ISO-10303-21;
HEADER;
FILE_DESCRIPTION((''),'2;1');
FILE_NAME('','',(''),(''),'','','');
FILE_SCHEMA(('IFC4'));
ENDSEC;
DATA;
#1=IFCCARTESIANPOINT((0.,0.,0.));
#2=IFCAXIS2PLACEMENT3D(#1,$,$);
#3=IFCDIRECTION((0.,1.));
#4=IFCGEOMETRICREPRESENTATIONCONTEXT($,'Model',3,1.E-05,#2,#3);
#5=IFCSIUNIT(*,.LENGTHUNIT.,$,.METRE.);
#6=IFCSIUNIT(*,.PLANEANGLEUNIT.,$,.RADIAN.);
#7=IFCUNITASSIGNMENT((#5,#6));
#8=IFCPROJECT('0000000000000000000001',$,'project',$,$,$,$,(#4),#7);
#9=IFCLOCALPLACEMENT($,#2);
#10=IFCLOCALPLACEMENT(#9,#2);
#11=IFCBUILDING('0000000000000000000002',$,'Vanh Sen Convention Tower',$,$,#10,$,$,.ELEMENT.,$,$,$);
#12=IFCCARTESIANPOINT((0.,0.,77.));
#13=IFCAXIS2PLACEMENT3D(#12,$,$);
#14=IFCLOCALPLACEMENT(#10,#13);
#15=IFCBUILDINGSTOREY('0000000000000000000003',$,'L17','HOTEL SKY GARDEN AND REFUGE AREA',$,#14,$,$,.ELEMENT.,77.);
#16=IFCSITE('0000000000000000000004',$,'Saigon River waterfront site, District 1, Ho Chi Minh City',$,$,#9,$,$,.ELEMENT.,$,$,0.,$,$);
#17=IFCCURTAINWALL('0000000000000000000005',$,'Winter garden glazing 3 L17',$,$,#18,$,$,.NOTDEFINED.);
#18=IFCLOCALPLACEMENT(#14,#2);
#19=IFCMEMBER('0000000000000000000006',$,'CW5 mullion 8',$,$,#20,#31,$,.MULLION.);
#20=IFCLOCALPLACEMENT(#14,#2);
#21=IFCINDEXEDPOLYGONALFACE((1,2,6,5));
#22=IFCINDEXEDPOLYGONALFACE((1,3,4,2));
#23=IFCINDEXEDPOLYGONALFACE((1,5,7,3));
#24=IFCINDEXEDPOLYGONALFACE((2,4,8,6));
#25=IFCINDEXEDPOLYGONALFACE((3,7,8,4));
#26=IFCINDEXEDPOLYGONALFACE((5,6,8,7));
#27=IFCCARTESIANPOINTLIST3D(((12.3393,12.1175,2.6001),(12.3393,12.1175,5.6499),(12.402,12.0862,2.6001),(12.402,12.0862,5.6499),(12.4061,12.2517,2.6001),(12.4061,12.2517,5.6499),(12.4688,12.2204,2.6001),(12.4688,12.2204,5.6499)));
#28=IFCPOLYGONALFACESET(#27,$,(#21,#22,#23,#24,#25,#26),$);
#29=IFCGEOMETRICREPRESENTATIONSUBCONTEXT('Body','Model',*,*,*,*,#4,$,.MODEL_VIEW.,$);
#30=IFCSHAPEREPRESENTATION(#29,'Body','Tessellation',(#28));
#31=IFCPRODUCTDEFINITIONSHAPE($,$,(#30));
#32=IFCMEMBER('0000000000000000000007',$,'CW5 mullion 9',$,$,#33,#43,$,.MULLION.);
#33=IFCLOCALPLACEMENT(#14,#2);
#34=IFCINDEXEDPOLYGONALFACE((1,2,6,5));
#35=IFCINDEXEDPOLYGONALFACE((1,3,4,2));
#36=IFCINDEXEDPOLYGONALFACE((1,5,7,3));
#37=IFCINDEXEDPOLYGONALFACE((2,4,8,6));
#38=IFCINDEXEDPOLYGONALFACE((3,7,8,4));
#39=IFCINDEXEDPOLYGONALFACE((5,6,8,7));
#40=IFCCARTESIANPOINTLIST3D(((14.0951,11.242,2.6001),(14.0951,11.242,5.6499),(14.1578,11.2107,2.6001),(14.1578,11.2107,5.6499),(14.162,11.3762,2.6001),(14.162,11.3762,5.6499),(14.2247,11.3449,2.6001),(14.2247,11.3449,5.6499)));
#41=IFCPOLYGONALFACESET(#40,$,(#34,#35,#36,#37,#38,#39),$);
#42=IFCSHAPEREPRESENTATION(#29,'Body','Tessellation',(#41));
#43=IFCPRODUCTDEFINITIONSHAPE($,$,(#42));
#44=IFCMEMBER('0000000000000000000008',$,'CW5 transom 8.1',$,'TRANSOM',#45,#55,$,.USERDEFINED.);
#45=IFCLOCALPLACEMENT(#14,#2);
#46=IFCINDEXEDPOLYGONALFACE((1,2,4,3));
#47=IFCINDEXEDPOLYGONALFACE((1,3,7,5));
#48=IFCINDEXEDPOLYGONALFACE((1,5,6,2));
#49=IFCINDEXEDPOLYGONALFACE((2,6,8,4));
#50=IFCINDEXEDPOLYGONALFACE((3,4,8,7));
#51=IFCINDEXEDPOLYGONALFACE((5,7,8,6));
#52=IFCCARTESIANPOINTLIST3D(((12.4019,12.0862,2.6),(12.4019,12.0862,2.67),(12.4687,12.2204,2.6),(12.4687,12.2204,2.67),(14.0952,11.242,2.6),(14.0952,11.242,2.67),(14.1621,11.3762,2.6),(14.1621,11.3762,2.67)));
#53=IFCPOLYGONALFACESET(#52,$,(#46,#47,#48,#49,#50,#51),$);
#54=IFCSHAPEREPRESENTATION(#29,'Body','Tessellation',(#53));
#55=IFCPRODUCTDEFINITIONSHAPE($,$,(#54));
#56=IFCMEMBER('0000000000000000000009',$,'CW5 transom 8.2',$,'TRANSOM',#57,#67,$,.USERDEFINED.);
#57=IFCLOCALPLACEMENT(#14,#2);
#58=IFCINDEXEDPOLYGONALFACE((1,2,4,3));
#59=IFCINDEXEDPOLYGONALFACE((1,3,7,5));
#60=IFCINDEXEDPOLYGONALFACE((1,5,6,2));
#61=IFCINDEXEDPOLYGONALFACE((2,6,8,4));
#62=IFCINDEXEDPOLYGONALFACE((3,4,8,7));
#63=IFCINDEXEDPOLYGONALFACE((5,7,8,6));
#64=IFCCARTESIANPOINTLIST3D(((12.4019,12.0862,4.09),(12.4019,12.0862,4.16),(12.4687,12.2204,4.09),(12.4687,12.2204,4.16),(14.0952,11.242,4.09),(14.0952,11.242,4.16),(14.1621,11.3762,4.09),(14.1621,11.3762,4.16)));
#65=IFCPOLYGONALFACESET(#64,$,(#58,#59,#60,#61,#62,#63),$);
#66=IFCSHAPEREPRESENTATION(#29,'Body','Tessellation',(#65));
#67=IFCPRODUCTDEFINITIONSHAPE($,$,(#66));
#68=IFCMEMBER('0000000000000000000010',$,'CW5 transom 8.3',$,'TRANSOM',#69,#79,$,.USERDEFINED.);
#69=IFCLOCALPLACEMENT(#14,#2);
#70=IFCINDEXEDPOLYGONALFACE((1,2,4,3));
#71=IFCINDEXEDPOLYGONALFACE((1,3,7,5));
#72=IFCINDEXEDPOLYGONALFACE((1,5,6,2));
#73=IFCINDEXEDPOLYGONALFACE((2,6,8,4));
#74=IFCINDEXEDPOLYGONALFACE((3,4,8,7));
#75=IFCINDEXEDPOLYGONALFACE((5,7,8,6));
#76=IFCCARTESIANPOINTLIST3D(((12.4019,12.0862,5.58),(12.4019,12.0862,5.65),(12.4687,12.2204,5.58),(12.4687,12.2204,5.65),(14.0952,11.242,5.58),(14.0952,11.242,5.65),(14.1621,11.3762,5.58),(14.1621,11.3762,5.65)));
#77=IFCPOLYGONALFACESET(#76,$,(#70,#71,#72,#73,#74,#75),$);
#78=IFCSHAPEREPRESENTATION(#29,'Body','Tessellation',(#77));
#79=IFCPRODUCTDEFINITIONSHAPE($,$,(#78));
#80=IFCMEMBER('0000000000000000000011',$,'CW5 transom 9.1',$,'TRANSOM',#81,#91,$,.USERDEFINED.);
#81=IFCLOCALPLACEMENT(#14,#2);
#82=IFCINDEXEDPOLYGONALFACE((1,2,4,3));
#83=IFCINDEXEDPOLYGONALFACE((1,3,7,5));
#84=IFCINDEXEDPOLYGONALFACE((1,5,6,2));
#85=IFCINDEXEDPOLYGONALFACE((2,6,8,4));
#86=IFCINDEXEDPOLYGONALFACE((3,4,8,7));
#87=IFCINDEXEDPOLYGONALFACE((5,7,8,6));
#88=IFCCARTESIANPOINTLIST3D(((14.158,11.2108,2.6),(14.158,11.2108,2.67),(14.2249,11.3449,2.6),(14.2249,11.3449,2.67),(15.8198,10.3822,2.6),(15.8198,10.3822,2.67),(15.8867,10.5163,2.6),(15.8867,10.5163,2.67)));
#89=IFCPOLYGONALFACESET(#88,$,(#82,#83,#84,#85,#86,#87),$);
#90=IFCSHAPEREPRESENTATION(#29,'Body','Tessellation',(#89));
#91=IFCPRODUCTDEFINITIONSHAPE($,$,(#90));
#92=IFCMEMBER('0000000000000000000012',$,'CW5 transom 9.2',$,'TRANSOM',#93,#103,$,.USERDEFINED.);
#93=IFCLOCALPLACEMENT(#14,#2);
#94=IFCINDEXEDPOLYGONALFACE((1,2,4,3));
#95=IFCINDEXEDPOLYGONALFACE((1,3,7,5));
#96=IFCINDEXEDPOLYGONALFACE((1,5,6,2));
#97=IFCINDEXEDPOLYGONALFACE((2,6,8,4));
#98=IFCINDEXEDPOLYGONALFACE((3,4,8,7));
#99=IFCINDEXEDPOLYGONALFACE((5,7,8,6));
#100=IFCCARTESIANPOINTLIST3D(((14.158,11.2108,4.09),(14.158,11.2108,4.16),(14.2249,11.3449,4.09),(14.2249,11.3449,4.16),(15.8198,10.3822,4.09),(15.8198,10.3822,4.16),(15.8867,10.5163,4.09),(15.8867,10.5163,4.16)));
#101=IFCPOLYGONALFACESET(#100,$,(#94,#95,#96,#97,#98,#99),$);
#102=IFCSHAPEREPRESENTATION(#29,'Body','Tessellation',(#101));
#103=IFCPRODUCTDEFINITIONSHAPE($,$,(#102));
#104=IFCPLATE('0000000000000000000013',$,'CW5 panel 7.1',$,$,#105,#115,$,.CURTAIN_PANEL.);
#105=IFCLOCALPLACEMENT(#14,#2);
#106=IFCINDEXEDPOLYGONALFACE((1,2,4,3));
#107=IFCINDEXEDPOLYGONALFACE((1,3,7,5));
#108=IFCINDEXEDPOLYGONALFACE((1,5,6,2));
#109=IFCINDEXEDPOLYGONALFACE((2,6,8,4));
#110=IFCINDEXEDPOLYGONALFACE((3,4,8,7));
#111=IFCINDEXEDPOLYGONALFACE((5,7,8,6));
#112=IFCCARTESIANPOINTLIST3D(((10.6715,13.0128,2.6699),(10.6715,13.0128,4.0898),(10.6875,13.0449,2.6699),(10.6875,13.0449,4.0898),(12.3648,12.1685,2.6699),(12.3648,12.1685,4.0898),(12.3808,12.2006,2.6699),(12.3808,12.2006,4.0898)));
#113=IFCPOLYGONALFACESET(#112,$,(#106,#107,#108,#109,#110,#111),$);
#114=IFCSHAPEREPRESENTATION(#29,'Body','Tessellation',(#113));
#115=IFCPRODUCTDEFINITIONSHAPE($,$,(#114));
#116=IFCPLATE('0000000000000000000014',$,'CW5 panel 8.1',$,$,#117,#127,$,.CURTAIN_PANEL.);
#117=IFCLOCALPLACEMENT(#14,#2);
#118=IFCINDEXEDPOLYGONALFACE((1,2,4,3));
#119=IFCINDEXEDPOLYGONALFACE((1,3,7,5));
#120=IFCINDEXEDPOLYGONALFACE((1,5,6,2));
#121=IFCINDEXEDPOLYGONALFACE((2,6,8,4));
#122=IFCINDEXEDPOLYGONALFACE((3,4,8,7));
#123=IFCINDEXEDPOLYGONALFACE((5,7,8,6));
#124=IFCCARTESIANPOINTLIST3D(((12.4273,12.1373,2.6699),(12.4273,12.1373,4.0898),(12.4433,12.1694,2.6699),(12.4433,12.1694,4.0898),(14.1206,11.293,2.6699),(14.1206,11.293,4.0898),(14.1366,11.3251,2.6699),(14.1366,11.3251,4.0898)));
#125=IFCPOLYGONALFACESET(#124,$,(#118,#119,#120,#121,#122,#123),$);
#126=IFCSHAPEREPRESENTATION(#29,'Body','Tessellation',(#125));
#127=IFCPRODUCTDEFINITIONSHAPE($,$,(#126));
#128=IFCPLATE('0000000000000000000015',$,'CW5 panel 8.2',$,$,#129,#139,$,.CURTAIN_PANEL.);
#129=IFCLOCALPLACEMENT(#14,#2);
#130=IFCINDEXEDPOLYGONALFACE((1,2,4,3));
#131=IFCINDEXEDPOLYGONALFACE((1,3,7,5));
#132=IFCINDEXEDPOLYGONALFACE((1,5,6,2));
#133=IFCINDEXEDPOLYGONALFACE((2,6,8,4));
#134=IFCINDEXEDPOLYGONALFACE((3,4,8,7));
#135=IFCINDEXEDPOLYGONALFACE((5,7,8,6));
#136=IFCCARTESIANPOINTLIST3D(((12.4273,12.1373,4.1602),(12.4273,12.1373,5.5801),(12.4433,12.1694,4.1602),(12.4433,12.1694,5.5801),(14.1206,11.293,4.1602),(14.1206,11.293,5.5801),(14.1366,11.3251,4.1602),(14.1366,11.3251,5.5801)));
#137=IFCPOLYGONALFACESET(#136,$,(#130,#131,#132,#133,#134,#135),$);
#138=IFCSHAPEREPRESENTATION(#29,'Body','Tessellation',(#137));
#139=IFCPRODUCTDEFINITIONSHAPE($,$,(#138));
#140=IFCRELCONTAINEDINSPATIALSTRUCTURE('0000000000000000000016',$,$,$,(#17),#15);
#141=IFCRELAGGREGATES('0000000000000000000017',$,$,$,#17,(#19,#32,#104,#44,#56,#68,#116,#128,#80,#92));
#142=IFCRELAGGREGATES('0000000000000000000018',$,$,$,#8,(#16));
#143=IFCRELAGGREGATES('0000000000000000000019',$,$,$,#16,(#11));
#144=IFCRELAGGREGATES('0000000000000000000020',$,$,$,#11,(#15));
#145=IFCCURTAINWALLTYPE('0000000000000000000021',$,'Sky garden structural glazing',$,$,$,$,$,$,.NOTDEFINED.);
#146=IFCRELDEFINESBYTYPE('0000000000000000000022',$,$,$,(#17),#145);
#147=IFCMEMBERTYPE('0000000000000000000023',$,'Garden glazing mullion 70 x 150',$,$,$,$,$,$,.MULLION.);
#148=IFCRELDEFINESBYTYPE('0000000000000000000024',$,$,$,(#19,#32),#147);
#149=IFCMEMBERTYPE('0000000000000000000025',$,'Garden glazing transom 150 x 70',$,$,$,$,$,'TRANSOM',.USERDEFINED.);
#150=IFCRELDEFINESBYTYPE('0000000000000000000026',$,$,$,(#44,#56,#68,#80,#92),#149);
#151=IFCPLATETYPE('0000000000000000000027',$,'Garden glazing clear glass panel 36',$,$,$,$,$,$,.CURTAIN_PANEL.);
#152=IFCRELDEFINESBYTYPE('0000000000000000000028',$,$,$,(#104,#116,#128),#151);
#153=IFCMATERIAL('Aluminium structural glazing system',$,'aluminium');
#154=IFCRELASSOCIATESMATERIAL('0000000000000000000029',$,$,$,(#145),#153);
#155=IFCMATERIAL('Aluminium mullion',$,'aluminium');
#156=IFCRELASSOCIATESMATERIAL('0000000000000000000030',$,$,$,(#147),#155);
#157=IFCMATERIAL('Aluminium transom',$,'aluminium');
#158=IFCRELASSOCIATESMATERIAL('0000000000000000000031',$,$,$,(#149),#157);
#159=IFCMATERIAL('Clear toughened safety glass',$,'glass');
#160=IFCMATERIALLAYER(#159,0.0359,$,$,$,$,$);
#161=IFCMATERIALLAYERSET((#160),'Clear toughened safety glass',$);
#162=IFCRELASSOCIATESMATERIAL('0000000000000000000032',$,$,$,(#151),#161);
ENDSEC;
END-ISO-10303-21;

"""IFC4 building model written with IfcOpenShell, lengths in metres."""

from ifc_helpers import new_model, si_unit, direction, frame, origin, origin_2d, place, context, subcontext, project, spatial, rectangle, extrude, material, layer, layer_set, material_profile, profile_set, type_object, element, aggregate, save


model = new_model("IFC4")

# Units and contexts
model_context = context("Model", 3, precision=1e-05, world=origin(), true_north=direction((0.0, 1.0)))
body_context = subcontext(model_context, "Body", "Model", "MODEL_VIEW")
ifc_project = project(units=[si_unit("LENGTHUNIT", "METRE"), si_unit("PLANEANGLEUNIT", "RADIAN")], contexts=[model_context])

# Site, building, storey
site_placement = place(None, origin())
site = spatial("IfcSite", under=ifc_project, at=site_placement, Name="Saigon River waterfront site, District 1, Ho Chi Minh City", CompositionType="ELEMENT", RefElevation=0.0)
building_placement = place(site_placement, origin())
building = spatial("IfcBuilding", under=site, at=building_placement, Name="Vanh Sen Convention Tower", CompositionType="ELEMENT")
storey_placement = place(building_placement, frame((0.0, 0.0, 77.0)))
storey = spatial("IfcBuildingStorey", under=building, at=storey_placement, Name="L17", Description="HOTEL SKY GARDEN AND REFUGE AREA", CompositionType="ELEMENT", Elevation=77.0)

# Curtain wall, members, plates
ifc_material_1 = material(Name="Aluminium structural glazing system", Category="aluminium")
curtain_wall_type = type_object("IfcCurtainWallType", Name="Sky garden structural glazing", PredefinedType="NOTDEFINED", material=ifc_material_1)
curtain_wall_placement = place(storey_placement, origin())
curtain_wall = element("IfcCurtainWall", 1, at=curtain_wall_placement, inside=storey, type_object=curtain_wall_type, Name="Winter garden glazing 3 L17", PredefinedType="NOTDEFINED")
ifc_material_2 = material(Name="Aluminium mullion", Category="aluminium")
ifc_material_profile_1 = material_profile(ifc_material_2, rectangle(XDim=0.1499, YDim=0.0701, at=origin_2d()), Name="Garden glazing mullion 70 x 150")
ifc_profile_set_1 = profile_set([ifc_material_profile_1], Name="Aluminium mullion")
member_type_1 = type_object("IfcMemberType", Name="Garden glazing mullion 70 x 150", PredefinedType="MULLION", material=ifc_profile_set_1)
member_1_placement = place(storey_placement, frame((12.4041, 12.1689, 2.6001), z_axis=(0.0, 0.0, 1.0), x_axis=(0.446203, 0.894932, 0.0)))
member_1 = element("IfcMember", 2, at=member_1_placement, type_object=member_type_1, Name="CW5 mullion 8", PredefinedType="MULLION", context=body_context, shape_type="SweptSolid", body=[
    extrude(rectangle(XDim=0.1499, YDim=0.0701, at=origin_2d()), origin(), (0.0, 0.0, 1.0), 3.0498),
])
member_2_placement = place(storey_placement, frame((14.1599, 11.2935, 2.6001), z_axis=(0.0, 0.0, 1.0), x_axis=(0.446203, 0.894932, 0.0)))
member_2 = element("IfcMember", 3, at=member_2_placement, type_object=member_type_1, Name="CW5 mullion 9", PredefinedType="MULLION", context=body_context, shape_type="SweptSolid", body=[
    extrude(rectangle(XDim=0.1499, YDim=0.0701, at=origin_2d()), origin(), (0.0, 0.0, 1.0), 3.0498),
])
ifc_material_3 = material(Name="Aluminium transom", Category="aluminium")
ifc_material_profile_2 = material_profile(ifc_material_3, rectangle(XDim=0.1499, YDim=0.0701, at=origin_2d()), Name="Garden glazing transom 150 x 70")
ifc_profile_set_2 = profile_set([ifc_material_profile_2], Name="Aluminium transom")
member_type_2 = type_object("IfcMemberType", Name="Garden glazing transom 150 x 70", ElementType="TRANSOM", PredefinedType="USERDEFINED", material=ifc_profile_set_2)
member_3_placement = place(storey_placement, frame((12.4353, 12.1533, 2.635), z_axis=(0.894943, -0.446181, 0.0), x_axis=(0.446181, 0.894943, 0.0)))
member_3 = element("IfcMember", 4, at=member_3_placement, type_object=member_type_2, Name="CW5 transom 8.1", ObjectType="TRANSOM", PredefinedType="USERDEFINED", context=body_context, shape_type="SweptSolid", body=[
    extrude(rectangle(XDim=0.1499, YDim=0.0701, at=origin_2d()), origin(), (0.0, 0.0, 1.0), 1.8921),
])
member_4_placement = place(storey_placement, frame((12.4353, 12.1533, 4.125), z_axis=(0.894943, -0.446181, 0.0), x_axis=(0.446181, 0.894943, 0.0)))
member_4 = element("IfcMember", 5, at=member_4_placement, type_object=member_type_2, Name="CW5 transom 8.2", ObjectType="TRANSOM", PredefinedType="USERDEFINED", context=body_context, shape_type="SweptSolid", body=[
    extrude(rectangle(XDim=0.1499, YDim=0.0701, at=origin_2d()), origin(), (0.0, 0.0, 1.0), 1.8921),
])
member_5_placement = place(storey_placement, frame((12.4353, 12.1533, 5.615), z_axis=(0.894943, -0.446181, 0.0), x_axis=(0.446181, 0.894943, 0.0)))
member_5 = element("IfcMember", 6, at=member_5_placement, type_object=member_type_2, Name="CW5 transom 8.3", ObjectType="TRANSOM", PredefinedType="USERDEFINED", context=body_context, shape_type="SweptSolid", body=[
    extrude(rectangle(XDim=0.1499, YDim=0.0701, at=origin_2d()), origin(), (0.0, 0.0, 1.0), 1.8921),
])
member_6_placement = place(storey_placement, frame((14.1914, 11.2778, 2.635), z_axis=(0.894926, -0.446214, 0.0), x_axis=(0.446214, 0.894926, 0.0)))
member_6 = element("IfcMember", 7, at=member_6_placement, type_object=member_type_2, Name="CW5 transom 9.1", ObjectType="TRANSOM", PredefinedType="USERDEFINED", context=body_context, shape_type="SweptSolid", body=[
    extrude(rectangle(XDim=0.1499, YDim=0.0701, at=origin_2d()), origin(), (0.0, 0.0, 1.0), 1.8569),
])
member_7_placement = place(storey_placement, frame((14.1914, 11.2778, 4.125), z_axis=(0.894926, -0.446214, 0.0), x_axis=(0.446214, 0.894926, 0.0)))
member_7 = element("IfcMember", 8, at=member_7_placement, type_object=member_type_2, Name="CW5 transom 9.2", ObjectType="TRANSOM", PredefinedType="USERDEFINED", context=body_context, shape_type="SweptSolid", body=[
    extrude(rectangle(XDim=0.1499, YDim=0.0701, at=origin_2d()), origin(), (0.0, 0.0, 1.0), 1.8569),
])
ifc_material_4 = material(Name="Clear toughened safety glass", Category="glass")
ifc_layer_1 = layer(ifc_material_4, 0.0359)
ifc_layer_set_1 = layer_set([ifc_layer_1], Name="Clear toughened safety glass")
plate_type = type_object("IfcPlateType", Name="Garden glazing clear glass panel 36", PredefinedType="CURTAIN_PANEL", material=ifc_layer_set_1)
plate_1_placement = place(storey_placement, frame((11.5261, 12.6067, 2.6699), z_axis=(0.0, 0.0, 1.0), x_axis=(0.894932, -0.446203, 0.0)))
plate_1 = element("IfcPlate", 9, at=plate_1_placement, type_object=plate_type, Name="CW5 panel 7.1", PredefinedType="CURTAIN_PANEL", context=body_context, shape_type="SweptSolid", body=[
    extrude(rectangle(XDim=1.8921, YDim=0.0359, at=origin_2d()), origin(), (0.0, 0.0, 1.0), 1.4199),
])
plate_2_placement = place(storey_placement, frame((13.282, 11.7312, 2.6699), z_axis=(0.0, 0.0, 1.0), x_axis=(0.894932, -0.446203, 0.0)))
plate_2 = element("IfcPlate", 10, at=plate_2_placement, type_object=plate_type, Name="CW5 panel 8.1", PredefinedType="CURTAIN_PANEL", context=body_context, shape_type="SweptSolid", body=[
    extrude(rectangle(XDim=1.8921, YDim=0.0359, at=origin_2d()), origin(), (0.0, 0.0, 1.0), 1.4199),
])
plate_3_placement = place(storey_placement, frame((13.282, 11.7312, 4.1602), z_axis=(0.0, 0.0, 1.0), x_axis=(0.894932, -0.446203, 0.0)))
plate_3 = element("IfcPlate", 11, at=plate_3_placement, type_object=plate_type, Name="CW5 panel 8.2", PredefinedType="CURTAIN_PANEL", context=body_context, shape_type="SweptSolid", body=[
    extrude(rectangle(XDim=1.8921, YDim=0.0359, at=origin_2d()), origin(), (0.0, 0.0, 1.0), 1.4199),
])
aggregate(curtain_wall, [member_1, member_2, plate_1, member_3, member_4, member_5, plate_2, plate_3, member_6, member_7])

save(model, "model.ifc")
